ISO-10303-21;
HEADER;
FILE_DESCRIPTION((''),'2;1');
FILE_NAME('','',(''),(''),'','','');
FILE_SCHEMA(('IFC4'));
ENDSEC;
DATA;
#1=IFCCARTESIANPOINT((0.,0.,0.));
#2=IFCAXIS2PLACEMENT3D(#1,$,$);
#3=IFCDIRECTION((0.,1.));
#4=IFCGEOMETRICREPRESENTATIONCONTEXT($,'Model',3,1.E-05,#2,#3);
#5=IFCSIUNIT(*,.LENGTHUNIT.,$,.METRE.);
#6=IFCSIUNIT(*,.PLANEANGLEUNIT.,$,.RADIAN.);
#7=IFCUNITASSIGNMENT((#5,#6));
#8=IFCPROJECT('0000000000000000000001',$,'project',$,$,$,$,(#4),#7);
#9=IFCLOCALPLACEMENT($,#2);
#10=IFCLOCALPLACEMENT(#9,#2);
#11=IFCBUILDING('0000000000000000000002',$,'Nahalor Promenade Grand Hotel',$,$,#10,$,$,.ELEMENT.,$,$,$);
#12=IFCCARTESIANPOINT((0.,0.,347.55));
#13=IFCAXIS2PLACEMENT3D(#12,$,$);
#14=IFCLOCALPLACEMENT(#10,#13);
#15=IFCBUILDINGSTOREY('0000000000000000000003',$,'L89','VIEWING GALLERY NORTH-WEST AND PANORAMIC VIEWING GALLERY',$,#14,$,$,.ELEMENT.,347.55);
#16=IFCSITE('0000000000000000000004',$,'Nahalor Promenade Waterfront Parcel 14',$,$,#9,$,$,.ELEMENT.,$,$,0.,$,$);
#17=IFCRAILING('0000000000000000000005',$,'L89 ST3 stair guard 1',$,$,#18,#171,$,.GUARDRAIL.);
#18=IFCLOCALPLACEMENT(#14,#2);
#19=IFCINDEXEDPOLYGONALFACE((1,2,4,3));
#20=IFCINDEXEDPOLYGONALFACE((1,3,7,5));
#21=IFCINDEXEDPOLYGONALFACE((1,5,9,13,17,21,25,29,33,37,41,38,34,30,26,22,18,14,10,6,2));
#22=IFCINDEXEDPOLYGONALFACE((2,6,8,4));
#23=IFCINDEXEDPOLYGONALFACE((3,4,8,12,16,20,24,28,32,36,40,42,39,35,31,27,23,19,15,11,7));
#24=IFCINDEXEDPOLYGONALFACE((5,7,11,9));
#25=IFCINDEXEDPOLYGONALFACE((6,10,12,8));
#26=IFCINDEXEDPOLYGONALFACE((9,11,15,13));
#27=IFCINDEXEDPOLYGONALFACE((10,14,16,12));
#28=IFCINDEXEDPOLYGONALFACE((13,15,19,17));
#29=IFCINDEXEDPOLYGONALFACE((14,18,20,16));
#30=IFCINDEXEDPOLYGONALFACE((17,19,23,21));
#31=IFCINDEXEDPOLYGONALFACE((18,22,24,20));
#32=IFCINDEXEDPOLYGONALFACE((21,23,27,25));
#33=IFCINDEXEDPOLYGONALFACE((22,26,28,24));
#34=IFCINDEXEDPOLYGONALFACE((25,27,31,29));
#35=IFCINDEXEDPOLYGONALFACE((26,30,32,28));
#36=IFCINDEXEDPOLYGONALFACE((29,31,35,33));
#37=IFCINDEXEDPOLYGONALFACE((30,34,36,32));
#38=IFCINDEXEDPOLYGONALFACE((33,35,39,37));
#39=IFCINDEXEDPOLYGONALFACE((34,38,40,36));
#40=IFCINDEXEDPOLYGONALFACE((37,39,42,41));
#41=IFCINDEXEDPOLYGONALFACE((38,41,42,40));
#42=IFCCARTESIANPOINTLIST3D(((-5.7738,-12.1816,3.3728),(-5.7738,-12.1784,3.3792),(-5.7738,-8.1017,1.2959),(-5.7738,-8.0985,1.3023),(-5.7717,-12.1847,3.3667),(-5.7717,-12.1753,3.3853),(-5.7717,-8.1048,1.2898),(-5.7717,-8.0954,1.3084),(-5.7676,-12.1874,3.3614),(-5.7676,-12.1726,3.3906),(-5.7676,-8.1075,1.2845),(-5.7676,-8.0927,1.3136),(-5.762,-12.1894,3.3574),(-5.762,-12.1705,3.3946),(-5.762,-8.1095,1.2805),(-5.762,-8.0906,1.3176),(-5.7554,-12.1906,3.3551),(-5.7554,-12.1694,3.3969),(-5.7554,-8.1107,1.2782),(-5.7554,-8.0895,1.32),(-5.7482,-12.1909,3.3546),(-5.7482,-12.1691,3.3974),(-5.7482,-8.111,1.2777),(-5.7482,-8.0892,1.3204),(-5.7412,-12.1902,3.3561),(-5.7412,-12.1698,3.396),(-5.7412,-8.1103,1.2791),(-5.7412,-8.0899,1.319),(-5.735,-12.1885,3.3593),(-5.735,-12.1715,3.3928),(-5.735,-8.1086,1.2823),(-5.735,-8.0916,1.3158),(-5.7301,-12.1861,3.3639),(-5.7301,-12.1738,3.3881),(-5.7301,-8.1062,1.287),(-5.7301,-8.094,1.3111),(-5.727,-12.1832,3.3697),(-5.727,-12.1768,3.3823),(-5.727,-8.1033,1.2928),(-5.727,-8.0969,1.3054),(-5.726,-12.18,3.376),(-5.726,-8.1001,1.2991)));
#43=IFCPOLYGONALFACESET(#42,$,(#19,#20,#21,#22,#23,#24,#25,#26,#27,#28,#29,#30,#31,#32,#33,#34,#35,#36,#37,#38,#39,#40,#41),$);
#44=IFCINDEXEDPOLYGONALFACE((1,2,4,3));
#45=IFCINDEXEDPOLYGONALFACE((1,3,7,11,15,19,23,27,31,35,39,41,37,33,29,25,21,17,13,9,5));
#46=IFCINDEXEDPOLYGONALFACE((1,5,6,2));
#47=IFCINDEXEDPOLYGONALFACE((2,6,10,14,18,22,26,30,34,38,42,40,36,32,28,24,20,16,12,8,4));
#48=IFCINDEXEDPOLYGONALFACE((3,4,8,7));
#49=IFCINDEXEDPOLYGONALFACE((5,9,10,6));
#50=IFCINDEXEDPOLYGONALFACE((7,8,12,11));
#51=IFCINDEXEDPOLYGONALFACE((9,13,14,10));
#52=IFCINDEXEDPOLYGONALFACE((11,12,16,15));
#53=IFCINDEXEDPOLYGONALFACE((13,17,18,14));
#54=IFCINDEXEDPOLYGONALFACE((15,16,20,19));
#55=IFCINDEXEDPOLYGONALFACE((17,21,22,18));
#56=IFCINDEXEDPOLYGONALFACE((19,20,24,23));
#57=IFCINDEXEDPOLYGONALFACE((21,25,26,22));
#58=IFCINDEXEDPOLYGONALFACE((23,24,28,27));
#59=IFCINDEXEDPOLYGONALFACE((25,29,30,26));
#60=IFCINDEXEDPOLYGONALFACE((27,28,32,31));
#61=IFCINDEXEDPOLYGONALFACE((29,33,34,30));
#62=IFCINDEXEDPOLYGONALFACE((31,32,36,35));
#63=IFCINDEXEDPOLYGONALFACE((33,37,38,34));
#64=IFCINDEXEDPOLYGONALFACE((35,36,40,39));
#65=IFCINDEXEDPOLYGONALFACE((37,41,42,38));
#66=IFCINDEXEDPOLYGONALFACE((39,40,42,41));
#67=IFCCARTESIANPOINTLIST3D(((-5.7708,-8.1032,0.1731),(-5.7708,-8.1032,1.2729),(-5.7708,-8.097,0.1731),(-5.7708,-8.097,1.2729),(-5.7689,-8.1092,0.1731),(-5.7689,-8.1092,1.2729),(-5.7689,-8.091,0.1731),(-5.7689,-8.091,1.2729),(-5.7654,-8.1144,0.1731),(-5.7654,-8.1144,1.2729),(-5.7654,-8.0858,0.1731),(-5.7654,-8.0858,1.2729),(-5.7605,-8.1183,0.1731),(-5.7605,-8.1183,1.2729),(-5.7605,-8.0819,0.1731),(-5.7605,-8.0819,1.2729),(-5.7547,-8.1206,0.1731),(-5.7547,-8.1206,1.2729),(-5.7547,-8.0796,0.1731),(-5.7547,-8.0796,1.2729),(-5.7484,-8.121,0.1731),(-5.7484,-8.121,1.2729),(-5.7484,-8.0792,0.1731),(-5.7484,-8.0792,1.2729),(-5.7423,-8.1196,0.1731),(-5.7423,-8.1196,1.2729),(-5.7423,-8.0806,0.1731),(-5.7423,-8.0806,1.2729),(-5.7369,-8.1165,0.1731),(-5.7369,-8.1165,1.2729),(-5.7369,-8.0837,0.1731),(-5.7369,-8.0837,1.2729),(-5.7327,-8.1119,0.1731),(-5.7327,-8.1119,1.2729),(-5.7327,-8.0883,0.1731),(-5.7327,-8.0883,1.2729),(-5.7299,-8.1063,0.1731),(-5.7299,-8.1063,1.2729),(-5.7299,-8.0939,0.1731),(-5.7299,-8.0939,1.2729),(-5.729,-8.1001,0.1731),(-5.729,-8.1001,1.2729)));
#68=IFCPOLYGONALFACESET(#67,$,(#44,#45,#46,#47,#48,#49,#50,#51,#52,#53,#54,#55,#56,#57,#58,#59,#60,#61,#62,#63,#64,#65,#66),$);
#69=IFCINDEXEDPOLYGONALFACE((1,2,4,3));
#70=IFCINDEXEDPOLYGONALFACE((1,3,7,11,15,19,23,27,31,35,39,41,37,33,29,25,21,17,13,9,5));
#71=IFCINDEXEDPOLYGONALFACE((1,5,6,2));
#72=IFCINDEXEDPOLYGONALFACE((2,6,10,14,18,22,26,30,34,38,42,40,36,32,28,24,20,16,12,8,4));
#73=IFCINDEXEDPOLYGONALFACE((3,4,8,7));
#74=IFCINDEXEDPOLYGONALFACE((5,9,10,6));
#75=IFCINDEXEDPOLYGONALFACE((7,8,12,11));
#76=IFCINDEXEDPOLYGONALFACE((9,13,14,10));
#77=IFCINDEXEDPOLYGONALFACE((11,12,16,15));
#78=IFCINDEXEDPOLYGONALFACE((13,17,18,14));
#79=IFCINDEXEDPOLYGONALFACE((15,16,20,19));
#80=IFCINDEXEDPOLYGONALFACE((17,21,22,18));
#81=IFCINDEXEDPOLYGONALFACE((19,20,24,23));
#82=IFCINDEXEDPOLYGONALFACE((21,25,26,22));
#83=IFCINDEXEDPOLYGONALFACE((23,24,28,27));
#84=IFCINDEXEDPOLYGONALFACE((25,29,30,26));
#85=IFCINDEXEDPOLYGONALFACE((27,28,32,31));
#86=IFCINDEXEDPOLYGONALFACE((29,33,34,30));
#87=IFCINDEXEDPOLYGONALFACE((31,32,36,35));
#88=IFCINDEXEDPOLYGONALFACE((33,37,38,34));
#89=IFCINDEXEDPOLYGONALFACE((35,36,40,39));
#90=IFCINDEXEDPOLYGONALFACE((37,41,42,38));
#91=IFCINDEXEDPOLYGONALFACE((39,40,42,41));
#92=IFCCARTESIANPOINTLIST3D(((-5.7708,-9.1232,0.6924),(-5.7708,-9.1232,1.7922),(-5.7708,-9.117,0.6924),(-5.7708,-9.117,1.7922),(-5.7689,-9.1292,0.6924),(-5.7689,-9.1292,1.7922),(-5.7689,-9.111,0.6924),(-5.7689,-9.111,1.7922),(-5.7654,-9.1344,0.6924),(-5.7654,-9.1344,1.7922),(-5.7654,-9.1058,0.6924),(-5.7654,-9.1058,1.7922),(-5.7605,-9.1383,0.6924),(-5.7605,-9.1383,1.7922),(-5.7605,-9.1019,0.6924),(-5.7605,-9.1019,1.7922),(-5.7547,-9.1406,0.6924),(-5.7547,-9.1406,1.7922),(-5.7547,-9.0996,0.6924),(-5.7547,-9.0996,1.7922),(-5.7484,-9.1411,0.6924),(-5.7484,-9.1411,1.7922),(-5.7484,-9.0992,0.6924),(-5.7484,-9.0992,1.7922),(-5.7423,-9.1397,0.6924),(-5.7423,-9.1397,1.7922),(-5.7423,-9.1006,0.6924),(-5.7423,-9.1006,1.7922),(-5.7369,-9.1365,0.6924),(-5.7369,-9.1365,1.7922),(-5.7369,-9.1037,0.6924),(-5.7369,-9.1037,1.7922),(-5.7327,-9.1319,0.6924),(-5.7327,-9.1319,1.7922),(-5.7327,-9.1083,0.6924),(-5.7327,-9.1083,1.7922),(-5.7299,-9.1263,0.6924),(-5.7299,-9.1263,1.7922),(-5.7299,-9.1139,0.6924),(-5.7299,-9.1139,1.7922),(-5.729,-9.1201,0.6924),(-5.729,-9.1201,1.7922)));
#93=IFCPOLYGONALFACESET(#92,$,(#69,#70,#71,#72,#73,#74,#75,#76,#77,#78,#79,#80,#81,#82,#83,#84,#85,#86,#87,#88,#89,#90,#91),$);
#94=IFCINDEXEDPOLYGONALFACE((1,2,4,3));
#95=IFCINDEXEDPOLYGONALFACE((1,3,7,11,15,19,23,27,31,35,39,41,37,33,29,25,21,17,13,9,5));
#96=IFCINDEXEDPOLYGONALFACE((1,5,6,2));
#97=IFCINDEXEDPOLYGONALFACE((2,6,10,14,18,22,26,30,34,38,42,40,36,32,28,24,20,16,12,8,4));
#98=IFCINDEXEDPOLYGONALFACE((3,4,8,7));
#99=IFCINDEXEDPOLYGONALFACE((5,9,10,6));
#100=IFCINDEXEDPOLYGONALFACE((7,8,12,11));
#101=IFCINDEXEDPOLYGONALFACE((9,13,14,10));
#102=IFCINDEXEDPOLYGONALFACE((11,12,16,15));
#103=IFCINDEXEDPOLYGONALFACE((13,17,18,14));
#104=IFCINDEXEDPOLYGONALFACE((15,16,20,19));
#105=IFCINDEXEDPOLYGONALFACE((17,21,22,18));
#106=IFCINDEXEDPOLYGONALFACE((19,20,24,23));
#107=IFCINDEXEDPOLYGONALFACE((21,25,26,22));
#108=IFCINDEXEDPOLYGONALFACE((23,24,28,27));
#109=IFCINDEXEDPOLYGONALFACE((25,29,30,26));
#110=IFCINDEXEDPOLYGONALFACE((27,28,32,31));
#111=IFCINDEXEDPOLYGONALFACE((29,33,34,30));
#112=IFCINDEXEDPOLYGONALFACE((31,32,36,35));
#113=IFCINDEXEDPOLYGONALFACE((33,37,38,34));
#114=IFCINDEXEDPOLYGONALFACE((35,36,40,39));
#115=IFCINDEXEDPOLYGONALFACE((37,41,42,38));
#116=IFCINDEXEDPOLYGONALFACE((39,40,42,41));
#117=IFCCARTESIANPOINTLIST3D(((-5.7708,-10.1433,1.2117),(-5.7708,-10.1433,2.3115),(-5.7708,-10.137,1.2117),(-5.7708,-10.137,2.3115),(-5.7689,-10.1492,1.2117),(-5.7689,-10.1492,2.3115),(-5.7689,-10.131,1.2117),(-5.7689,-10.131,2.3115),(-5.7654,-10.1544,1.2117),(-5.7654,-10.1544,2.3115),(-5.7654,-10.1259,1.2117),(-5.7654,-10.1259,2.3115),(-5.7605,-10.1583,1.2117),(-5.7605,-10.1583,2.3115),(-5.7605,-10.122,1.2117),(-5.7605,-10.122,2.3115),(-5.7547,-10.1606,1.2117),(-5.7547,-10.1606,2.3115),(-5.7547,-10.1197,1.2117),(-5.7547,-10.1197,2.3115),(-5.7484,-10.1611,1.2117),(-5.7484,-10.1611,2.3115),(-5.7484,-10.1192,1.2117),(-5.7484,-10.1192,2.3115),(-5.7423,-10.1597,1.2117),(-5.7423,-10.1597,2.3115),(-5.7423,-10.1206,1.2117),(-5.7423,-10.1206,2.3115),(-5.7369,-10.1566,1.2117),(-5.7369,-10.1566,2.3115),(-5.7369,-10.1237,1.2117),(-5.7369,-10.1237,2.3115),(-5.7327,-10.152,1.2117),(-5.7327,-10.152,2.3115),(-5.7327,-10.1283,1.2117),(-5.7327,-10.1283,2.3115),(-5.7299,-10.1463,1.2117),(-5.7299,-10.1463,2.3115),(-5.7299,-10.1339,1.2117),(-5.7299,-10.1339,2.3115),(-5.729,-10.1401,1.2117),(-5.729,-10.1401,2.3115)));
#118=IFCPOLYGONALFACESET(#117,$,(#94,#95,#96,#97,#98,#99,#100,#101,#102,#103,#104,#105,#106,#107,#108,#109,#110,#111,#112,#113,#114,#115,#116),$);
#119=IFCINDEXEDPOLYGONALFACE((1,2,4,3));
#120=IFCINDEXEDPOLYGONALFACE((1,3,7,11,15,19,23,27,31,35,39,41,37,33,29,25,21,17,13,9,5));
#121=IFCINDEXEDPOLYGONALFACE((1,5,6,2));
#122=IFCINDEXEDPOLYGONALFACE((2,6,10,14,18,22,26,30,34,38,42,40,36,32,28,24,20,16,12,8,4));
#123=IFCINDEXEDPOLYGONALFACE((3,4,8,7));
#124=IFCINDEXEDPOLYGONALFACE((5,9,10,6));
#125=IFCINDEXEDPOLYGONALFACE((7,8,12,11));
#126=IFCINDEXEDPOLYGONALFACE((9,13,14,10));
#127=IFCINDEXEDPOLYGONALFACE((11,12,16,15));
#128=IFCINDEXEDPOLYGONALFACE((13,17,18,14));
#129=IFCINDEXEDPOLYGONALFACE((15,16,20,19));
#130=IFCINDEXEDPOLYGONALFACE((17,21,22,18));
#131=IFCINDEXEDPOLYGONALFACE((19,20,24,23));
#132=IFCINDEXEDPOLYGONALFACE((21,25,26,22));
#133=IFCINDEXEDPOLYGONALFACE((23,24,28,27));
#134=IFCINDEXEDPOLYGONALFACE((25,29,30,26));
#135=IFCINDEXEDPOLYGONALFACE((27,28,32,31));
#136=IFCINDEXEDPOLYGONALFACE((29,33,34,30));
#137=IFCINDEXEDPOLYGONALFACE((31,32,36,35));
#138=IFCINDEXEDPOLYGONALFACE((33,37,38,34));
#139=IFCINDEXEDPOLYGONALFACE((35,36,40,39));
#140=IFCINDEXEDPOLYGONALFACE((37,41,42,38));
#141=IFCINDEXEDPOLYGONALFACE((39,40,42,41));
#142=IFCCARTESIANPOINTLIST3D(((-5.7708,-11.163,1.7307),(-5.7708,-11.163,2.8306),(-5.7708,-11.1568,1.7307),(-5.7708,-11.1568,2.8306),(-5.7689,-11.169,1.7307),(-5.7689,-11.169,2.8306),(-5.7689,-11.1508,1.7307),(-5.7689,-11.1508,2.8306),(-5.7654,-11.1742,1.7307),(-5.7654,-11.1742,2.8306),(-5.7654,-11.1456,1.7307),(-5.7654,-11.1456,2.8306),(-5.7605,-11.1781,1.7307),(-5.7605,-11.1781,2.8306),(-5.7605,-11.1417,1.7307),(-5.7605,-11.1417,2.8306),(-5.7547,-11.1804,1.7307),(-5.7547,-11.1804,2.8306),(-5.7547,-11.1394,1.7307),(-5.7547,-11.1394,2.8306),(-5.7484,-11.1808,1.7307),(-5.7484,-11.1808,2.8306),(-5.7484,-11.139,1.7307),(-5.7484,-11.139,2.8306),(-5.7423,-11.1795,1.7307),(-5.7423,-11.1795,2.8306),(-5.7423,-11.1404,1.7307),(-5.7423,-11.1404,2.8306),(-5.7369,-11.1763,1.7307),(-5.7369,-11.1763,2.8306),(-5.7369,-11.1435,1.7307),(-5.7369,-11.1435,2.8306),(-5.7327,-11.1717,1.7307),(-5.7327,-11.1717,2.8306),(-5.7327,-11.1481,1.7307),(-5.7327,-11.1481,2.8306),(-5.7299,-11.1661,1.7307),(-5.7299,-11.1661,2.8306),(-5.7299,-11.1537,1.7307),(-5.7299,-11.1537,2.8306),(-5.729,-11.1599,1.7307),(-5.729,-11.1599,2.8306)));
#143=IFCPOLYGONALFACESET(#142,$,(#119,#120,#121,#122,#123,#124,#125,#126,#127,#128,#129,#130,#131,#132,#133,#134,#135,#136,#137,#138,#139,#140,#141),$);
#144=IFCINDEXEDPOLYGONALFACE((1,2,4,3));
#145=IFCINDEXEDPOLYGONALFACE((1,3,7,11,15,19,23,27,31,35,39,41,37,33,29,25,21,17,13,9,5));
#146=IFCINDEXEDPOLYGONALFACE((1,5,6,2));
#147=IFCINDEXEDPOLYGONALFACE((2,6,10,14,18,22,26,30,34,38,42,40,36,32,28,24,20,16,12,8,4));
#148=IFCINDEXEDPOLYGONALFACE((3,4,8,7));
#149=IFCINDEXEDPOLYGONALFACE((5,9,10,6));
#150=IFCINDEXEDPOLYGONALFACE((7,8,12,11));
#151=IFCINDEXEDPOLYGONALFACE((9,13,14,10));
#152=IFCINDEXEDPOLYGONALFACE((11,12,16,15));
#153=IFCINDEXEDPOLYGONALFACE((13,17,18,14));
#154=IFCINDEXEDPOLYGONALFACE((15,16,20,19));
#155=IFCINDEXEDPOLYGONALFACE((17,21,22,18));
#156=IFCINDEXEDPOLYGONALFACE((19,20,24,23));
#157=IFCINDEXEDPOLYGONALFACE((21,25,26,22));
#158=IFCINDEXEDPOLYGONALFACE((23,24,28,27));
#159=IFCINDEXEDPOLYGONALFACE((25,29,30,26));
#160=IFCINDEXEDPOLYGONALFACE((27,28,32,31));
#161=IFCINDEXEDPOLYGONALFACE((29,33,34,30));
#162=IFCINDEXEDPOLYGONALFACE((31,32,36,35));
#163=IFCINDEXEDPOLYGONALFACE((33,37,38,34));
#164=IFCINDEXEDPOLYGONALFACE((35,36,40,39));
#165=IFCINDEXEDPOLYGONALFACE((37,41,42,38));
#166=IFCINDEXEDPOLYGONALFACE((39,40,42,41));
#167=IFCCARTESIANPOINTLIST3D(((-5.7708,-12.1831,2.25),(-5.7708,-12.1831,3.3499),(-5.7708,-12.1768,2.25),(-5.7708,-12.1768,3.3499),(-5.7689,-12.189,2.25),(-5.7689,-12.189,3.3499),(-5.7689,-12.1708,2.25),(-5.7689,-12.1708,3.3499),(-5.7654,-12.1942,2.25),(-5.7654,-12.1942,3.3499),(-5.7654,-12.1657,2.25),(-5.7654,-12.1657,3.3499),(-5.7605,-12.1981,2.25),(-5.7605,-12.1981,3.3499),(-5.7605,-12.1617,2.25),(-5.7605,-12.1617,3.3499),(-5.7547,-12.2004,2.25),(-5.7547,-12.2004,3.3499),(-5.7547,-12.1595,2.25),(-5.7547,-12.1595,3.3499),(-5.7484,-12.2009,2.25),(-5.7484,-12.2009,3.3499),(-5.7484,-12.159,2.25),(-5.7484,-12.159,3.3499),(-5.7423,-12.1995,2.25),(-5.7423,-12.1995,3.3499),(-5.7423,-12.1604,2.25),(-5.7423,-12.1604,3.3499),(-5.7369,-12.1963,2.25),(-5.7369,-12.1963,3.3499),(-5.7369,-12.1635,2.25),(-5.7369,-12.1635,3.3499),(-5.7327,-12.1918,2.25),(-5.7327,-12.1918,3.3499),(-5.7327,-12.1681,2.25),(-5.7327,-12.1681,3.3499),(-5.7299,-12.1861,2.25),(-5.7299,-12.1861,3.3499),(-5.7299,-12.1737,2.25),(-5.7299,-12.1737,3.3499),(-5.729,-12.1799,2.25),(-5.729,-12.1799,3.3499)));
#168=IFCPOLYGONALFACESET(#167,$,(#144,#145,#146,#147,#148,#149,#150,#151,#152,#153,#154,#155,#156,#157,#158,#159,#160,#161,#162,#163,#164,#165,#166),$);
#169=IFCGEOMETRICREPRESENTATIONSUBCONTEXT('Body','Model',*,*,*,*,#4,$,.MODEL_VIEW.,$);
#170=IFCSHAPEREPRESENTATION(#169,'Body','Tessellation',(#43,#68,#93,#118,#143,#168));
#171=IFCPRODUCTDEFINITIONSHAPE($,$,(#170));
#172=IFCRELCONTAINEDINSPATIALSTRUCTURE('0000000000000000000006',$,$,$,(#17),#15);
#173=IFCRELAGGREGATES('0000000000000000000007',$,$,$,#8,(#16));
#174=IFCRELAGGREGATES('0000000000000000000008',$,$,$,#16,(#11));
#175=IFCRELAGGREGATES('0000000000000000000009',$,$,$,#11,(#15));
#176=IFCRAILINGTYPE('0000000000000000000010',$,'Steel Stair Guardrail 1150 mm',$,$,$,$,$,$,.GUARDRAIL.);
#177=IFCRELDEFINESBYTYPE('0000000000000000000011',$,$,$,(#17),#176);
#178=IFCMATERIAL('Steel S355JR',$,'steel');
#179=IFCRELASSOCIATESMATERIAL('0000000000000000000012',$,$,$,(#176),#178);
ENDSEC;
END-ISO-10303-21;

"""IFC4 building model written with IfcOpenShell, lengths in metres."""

from ifc_helpers import new_model, si_unit, direction, frame, origin, origin_2d, place, context, subcontext, project, spatial, circle, extrude, material, type_object, element, save


model = new_model("IFC4")

# Units and contexts
model_context = context("Model", 3, precision=1e-05, world=origin(), true_north=direction((0.0, 1.0)))
body_context = subcontext(model_context, "Body", "Model", "MODEL_VIEW")
ifc_project = project(units=[si_unit("LENGTHUNIT", "METRE"), si_unit("PLANEANGLEUNIT", "RADIAN")], contexts=[model_context])

# Site, building, storey
site_placement = place(None, origin())
site = spatial("IfcSite", under=ifc_project, at=site_placement, Name="Nahalor Promenade Waterfront Parcel 14", CompositionType="ELEMENT", RefElevation=0.0)
building_placement = place(site_placement, origin())
building = spatial("IfcBuilding", under=site, at=building_placement, Name="Nahalor Promenade Grand Hotel", CompositionType="ELEMENT")
storey_placement = place(building_placement, frame((0.0, 0.0, 347.55)))
storey = spatial("IfcBuildingStorey", under=building, at=storey_placement, Name="L89", Description="VIEWING GALLERY NORTH-WEST AND PANORAMIC VIEWING GALLERY", CompositionType="ELEMENT", Elevation=347.55)

# Shared definitions
ifc_material_1 = material(Name="Steel S355JR", Category="steel")

# Railing
railing_type_1 = type_object("IfcRailingType", Name="Steel Stair Guardrail 1150 mm", PredefinedType="GUARDRAIL", material=ifc_material_1)
railing_1_placement = place(storey_placement, frame((-5.75, -8.1001, 0.1731)))
element("IfcRailing", 1, at=railing_1_placement, inside=storey, type_object=railing_type_1, Name="L89 ST3 stair guard 1", PredefinedType="GUARDRAIL", context=body_context, shape_type="SweptSolid", body=[
    extrude(circle(Radius=0.024, at=origin_2d()), frame((0.0, 0.0, 1.126), z_axis=(0.0, -0.891172, 0.453665), x_axis=(1.0, 0.0, 0.0)), (0.0, 0.0, 1.0), 4.5781),
    extrude(circle(Radius=0.021, at=origin_2d()), origin(), (0.0, 0.0, 1.0), 1.0999),
    extrude(circle(Radius=0.021, at=origin_2d()), frame((0.0, -1.02, 0.5193)), (0.0, 0.0, 1.0), 1.0999),
    extrude(circle(Radius=0.021, at=origin_2d()), frame((0.0, -2.04, 1.0386)), (0.0, 0.0, 1.0), 1.0999),
    extrude(circle(Radius=0.021, at=origin_2d()), frame((0.0, -3.0598, 1.5576)), (0.0, 0.0, 1.0), 1.0999),
    extrude(circle(Radius=0.021, at=origin_2d()), frame((0.0, -4.0798, 2.0769)), (0.0, 0.0, 1.0), 1.0999),
])

save(model, "model.ifc")
